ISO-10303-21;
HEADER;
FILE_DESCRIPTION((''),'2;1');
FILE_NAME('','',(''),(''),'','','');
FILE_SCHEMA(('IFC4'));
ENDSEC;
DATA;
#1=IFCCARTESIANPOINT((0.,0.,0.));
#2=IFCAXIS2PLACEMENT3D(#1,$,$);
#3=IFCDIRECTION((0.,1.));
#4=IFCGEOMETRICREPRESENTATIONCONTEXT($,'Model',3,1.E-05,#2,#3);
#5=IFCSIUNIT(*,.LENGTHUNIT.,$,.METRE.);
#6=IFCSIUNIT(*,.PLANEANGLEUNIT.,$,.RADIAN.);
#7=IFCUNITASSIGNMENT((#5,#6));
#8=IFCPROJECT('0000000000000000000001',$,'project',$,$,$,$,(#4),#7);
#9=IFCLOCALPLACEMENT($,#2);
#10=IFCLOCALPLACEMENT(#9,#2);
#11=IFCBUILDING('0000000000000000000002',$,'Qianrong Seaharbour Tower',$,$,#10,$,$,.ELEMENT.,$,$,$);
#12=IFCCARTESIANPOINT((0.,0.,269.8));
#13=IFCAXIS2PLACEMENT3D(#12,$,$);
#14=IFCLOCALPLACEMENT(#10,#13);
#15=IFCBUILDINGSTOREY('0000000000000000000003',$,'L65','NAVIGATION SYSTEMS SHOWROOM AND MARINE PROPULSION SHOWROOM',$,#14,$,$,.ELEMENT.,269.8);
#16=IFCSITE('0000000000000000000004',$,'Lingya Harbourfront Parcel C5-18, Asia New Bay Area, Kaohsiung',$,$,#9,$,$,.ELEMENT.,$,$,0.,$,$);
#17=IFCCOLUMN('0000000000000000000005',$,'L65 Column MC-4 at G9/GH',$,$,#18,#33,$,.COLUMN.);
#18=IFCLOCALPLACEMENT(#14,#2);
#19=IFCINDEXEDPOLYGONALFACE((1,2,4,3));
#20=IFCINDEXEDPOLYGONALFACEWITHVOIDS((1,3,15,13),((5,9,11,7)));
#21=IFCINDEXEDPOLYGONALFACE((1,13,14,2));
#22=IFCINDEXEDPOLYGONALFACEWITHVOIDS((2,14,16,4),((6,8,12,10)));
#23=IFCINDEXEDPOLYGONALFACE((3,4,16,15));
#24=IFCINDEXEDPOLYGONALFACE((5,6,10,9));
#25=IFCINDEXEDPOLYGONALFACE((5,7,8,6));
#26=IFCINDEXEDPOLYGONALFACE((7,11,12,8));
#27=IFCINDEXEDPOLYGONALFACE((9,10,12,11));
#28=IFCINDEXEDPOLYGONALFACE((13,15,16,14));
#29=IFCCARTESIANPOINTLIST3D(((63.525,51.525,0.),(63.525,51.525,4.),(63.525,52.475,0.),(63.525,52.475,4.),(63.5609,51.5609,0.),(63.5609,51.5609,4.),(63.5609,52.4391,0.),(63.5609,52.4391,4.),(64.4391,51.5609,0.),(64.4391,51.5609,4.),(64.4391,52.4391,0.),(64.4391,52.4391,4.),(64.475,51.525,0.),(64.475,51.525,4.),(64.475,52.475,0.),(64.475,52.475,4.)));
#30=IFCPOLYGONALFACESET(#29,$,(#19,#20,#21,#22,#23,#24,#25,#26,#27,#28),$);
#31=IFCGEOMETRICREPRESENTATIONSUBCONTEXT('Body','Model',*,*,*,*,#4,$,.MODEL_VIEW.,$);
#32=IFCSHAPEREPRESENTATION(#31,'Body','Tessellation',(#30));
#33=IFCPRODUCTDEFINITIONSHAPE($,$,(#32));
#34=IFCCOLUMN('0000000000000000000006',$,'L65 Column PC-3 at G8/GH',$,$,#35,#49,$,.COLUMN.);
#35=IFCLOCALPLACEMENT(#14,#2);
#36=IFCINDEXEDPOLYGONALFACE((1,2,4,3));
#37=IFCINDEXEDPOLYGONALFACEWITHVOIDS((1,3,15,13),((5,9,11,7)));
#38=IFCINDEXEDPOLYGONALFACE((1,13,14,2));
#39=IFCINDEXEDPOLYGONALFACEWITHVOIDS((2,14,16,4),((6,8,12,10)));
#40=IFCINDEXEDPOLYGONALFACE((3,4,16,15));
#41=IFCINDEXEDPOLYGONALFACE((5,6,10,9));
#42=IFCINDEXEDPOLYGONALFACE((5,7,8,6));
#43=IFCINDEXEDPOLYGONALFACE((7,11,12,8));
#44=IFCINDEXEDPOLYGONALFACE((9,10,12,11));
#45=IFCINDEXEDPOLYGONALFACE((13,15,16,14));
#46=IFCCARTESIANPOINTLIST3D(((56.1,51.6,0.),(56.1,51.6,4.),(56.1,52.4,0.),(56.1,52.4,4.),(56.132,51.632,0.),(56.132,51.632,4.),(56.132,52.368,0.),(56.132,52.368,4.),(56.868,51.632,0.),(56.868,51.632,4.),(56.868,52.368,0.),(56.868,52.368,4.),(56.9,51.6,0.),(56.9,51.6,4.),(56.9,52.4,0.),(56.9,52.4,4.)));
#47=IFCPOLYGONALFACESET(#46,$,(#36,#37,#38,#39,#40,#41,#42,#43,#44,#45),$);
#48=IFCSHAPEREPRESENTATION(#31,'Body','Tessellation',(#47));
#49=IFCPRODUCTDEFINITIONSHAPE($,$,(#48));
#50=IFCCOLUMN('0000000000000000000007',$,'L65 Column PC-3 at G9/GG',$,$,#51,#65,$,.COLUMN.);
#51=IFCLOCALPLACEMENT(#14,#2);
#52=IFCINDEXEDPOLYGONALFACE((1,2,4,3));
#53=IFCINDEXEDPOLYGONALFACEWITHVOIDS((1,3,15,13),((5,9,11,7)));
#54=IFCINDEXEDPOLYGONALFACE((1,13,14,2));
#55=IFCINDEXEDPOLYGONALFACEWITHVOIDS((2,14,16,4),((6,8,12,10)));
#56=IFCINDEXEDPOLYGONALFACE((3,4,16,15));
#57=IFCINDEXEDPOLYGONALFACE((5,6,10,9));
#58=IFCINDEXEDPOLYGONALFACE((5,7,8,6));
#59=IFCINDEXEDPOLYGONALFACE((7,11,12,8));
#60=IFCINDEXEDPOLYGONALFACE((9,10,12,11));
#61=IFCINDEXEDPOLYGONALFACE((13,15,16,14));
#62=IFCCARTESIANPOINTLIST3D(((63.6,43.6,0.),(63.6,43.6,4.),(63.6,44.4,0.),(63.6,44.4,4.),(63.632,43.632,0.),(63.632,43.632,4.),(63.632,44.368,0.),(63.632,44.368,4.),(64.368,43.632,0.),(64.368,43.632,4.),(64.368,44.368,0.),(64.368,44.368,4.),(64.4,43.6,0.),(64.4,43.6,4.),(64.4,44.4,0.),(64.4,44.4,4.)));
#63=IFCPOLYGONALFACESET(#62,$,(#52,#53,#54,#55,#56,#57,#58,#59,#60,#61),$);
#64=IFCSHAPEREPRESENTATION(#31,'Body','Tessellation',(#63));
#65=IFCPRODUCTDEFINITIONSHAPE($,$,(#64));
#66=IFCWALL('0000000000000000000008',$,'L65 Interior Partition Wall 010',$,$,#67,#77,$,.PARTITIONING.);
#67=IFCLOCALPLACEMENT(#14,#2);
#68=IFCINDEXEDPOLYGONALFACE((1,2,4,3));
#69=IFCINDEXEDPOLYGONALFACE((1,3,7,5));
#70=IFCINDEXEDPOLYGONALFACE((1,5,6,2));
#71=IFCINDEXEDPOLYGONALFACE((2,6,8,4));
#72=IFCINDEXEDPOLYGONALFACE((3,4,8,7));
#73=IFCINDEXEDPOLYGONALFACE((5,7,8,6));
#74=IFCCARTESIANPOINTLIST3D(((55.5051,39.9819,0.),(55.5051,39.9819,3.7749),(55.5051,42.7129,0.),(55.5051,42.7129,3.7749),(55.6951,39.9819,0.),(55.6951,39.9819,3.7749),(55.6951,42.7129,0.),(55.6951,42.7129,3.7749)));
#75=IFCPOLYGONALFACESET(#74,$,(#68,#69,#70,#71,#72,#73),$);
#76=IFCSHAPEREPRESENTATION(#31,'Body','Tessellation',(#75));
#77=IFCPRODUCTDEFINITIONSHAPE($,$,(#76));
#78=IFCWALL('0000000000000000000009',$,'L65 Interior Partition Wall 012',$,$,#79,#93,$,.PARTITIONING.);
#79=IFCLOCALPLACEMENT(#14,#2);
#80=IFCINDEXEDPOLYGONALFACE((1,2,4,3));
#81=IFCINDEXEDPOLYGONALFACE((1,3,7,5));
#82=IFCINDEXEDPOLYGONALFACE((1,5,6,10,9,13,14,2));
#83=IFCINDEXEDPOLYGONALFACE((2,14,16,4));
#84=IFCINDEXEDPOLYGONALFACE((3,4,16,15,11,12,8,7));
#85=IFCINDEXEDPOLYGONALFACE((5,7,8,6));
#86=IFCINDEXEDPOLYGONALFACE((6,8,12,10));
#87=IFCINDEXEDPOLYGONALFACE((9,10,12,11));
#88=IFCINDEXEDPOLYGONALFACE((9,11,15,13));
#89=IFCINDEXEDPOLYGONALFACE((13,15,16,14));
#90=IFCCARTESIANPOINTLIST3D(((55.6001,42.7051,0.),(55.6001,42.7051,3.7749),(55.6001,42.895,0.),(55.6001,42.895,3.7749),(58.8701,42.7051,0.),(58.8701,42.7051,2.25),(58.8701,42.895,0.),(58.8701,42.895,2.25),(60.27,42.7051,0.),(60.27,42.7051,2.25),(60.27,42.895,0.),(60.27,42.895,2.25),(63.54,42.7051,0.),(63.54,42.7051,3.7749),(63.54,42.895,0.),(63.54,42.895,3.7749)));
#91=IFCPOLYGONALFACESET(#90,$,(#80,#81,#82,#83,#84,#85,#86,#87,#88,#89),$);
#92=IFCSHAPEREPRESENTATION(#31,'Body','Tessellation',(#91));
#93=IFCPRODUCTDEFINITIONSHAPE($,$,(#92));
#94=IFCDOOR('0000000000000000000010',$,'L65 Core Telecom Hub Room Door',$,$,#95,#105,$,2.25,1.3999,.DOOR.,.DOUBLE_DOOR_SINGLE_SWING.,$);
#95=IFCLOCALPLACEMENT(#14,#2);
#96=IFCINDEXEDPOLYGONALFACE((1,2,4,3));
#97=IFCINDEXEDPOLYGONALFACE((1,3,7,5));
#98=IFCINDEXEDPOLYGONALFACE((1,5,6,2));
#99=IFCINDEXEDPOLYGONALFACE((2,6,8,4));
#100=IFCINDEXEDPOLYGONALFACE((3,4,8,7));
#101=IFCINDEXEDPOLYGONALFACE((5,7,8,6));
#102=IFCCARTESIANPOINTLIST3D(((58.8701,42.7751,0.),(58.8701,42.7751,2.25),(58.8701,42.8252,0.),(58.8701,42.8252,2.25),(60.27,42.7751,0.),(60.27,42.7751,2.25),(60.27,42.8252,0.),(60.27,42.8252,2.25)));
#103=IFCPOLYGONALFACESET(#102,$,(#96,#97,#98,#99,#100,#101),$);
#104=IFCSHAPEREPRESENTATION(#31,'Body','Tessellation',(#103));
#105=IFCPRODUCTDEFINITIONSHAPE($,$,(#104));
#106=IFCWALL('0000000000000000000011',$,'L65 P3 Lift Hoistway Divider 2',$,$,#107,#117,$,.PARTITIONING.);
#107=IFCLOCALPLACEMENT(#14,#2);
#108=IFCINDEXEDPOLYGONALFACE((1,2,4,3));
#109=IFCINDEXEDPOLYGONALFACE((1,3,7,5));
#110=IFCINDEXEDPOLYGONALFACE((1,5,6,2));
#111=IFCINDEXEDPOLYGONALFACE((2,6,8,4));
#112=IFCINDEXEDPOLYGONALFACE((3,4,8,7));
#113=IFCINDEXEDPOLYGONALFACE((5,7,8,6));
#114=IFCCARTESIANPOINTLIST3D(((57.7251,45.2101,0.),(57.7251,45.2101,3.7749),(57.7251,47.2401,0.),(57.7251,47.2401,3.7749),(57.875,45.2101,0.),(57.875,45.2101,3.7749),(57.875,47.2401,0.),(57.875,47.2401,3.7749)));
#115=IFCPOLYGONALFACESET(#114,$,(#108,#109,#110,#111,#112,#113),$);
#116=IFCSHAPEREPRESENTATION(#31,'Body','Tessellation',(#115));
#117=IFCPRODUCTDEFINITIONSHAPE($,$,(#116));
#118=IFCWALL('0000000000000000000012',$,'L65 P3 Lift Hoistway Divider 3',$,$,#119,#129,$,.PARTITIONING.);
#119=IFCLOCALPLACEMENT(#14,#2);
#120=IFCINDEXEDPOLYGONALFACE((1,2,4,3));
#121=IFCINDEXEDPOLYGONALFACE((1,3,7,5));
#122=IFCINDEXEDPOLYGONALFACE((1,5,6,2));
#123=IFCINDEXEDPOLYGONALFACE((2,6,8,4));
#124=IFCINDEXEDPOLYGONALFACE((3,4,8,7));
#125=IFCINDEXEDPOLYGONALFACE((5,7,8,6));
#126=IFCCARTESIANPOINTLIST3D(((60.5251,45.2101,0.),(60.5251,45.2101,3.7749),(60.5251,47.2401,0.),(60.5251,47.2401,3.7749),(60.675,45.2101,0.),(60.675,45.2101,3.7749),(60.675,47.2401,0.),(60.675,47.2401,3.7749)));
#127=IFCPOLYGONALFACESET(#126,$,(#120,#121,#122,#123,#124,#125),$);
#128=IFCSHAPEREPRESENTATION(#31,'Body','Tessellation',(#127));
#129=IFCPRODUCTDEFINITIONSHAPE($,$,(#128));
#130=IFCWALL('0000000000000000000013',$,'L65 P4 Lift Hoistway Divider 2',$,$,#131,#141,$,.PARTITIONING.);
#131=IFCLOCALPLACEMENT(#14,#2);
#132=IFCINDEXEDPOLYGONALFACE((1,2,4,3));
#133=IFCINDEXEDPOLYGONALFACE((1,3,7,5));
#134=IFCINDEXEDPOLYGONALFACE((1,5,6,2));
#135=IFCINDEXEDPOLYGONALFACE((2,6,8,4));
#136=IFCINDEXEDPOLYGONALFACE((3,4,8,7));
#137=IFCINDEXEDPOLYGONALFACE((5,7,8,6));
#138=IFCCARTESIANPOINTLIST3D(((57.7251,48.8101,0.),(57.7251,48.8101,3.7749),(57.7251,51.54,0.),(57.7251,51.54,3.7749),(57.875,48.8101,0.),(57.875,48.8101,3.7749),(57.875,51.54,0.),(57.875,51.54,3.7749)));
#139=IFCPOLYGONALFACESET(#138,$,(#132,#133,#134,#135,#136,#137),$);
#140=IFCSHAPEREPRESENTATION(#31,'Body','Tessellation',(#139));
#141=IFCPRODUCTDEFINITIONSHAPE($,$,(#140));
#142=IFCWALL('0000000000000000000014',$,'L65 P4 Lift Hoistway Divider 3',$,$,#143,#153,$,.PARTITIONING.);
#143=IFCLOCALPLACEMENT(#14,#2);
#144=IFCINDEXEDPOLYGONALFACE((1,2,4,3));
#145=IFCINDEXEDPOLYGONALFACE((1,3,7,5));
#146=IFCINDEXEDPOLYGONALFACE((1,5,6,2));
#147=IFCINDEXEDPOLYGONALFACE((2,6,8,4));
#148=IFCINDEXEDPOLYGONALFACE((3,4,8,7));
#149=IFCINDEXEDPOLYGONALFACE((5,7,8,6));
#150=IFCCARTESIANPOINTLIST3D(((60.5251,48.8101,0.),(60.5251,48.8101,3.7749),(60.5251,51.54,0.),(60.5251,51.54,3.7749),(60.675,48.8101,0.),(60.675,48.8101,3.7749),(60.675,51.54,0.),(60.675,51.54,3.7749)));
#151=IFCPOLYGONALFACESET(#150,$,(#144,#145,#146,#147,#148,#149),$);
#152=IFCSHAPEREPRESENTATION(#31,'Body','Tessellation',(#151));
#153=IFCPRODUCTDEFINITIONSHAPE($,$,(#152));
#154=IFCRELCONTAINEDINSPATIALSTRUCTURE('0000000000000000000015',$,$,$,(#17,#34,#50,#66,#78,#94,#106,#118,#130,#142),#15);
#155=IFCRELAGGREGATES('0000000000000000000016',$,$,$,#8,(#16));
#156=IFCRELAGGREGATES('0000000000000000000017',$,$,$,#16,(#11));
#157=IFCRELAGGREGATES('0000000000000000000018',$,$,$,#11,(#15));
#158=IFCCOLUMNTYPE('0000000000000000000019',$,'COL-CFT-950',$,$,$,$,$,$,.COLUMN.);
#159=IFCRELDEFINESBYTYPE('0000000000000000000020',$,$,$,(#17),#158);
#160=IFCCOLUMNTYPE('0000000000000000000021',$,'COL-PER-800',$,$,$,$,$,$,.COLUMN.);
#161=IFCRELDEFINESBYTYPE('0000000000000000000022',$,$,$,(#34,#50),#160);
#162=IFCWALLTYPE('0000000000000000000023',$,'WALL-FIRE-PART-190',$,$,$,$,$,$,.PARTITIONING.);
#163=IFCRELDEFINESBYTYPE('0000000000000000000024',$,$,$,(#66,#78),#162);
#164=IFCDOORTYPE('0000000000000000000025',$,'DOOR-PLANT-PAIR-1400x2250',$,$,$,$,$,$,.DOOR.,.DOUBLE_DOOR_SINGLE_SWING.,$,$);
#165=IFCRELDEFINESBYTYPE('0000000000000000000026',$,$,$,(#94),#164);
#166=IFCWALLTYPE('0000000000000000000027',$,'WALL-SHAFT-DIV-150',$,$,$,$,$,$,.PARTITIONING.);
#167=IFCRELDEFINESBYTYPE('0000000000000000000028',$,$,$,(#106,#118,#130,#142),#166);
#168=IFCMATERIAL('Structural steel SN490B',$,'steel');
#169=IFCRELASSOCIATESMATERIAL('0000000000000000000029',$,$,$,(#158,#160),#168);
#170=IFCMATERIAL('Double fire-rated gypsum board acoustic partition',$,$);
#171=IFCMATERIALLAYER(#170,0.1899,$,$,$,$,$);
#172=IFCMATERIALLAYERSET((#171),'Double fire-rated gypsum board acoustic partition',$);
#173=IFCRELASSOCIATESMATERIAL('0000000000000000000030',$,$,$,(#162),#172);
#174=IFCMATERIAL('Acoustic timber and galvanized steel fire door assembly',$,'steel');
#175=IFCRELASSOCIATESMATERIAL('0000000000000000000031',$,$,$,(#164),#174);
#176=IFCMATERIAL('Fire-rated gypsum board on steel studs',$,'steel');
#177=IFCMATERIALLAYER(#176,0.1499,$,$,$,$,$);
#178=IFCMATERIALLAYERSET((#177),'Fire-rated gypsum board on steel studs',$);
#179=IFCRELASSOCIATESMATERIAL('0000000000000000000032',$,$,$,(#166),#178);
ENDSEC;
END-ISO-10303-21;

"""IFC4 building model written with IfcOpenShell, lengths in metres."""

from ifc_helpers import new_model, si_unit, direction, frame, frame_2d, origin, origin_2d, place, context, subcontext, project, spatial, rectangle, hollow_rectangle, extrude, material, layer, layer_set, material_profile, profile_set, type_object, element, fill, save


model = new_model("IFC4")

# Units and contexts
model_context = context("Model", 3, precision=1e-05, world=origin(), true_north=direction((0.0, 1.0)))
body_context = subcontext(model_context, "Body", "Model", "MODEL_VIEW")
ifc_project = project(units=[si_unit("LENGTHUNIT", "METRE"), si_unit("PLANEANGLEUNIT", "RADIAN")], contexts=[model_context])

# Site, building, storey
site_placement = place(None, origin())
site = spatial("IfcSite", under=ifc_project, at=site_placement, Name="Lingya Harbourfront Parcel C5-18, Asia New Bay Area, Kaohsiung", CompositionType="ELEMENT", RefElevation=0.0)
building_placement = place(site_placement, origin())
building = spatial("IfcBuilding", under=site, at=building_placement, Name="Qianrong Seaharbour Tower", CompositionType="ELEMENT")
storey_placement = place(building_placement, frame((0.0, 0.0, 269.8)))
storey = spatial("IfcBuildingStorey", under=building, at=storey_placement, Name="L65", Description="NAVIGATION SYSTEMS SHOWROOM AND MARINE PROPULSION SHOWROOM", CompositionType="ELEMENT", Elevation=269.8)

# Columns
ifc_material_1 = material(Name="Structural steel SN490B", Category="steel")
ifc_material_profile_1 = material_profile(ifc_material_1, hollow_rectangle(XDim=0.95, YDim=0.95, WallThickness=0.0359, at=origin_2d()), Name="BOX950x950x36")
ifc_profile_set_1 = profile_set([ifc_material_profile_1], Name="Structural steel SN490B")
column_type_1 = type_object("IfcColumnType", Name="COL-CFT-950", PredefinedType="COLUMN", material=ifc_profile_set_1)
column_placement = place(storey_placement, frame((64.0, 52.0, 0.0), z_axis=(0.0, 0.0, 1.0), x_axis=(1.0, 0.0, 0.0)))
element("IfcColumn", 1, at=column_placement, inside=storey, type_object=column_type_1, Name="L65 Column MC-4 at G9/GH", PredefinedType="COLUMN", context=body_context, shape_type="SweptSolid", body=[
    extrude(hollow_rectangle(XDim=0.95, YDim=0.95, WallThickness=0.0359, at=origin_2d()), origin(), (0.0, 0.0, 1.0), 4.0),
])
ifc_material_profile_2 = material_profile(ifc_material_1, hollow_rectangle(XDim=0.8, YDim=0.8, WallThickness=0.032, at=origin_2d()), Name="BOX800x800x32")
ifc_profile_set_2 = profile_set([ifc_material_profile_2], Name="Structural steel SN490B")
column_type_2 = type_object("IfcColumnType", Name="COL-PER-800", PredefinedType="COLUMN", material=ifc_profile_set_2)
for number, where, z_axis, x_axis, name in (
    (2, (56.5, 52.0, 0.0), (0.0, 0.0, 1.0), (1.0, 0.0, 0.0), "L65 Column PC-3 at G8/GH"),
    (3, (64.0, 44.0, 0.0), (0.0, 0.0, 1.0), (1.0, 0.0, 0.0), "L65 Column PC-3 at G9/GG"),
):
    element("IfcColumn", number, at=place(storey_placement, frame(where, z_axis=z_axis, x_axis=x_axis)), inside=storey, type_object=column_type_2, Name=name, PredefinedType="COLUMN", context=body_context, shape_type="SweptSolid", body=[
        extrude(hollow_rectangle(XDim=0.8, YDim=0.8, WallThickness=0.032, at=origin_2d()), origin(), (0.0, 0.0, 1.0), 4.0),
    ])

# Wall
ifc_material_2 = material(Name="Double fire-rated gypsum board acoustic partition")
ifc_layer_1 = layer(ifc_material_2, 0.1899)
ifc_layer_set_1 = layer_set([ifc_layer_1], Name="Double fire-rated gypsum board acoustic partition")
wall_type_1 = type_object("IfcWallType", Name="WALL-FIRE-PART-190", PredefinedType="PARTITIONING", material=ifc_layer_set_1)
wall_1_placement = place(storey_placement, frame((55.6001, 42.7129, 0.0), z_axis=(0.0, 0.0, 1.0), x_axis=(0.0, -1.0, 0.0)))
element("IfcWall", 4, at=wall_1_placement, inside=storey, type_object=wall_type_1, Name="L65 Interior Partition Wall 010", PredefinedType="PARTITIONING", context=body_context, shape_type="SweptSolid", body=[
    extrude(rectangle(XDim=2.731, YDim=0.1899, at=frame_2d((1.3655, 0.0))), origin(), (0.0, 0.0, 1.0), 3.7749),
])

# Wall, opening, door
wall_2_placement = place(storey_placement, frame((63.54, 42.8, 0.0), z_axis=(0.0, 0.0, 1.0), x_axis=(-1.0, 0.0, 0.0)))
wall_2 = element("IfcWall", 5, at=wall_2_placement, inside=storey, type_object=wall_type_1, Name="L65 Interior Partition Wall 012", PredefinedType="PARTITIONING", context=body_context, shape_type="SweptSolid", body=[
    extrude(rectangle(XDim=7.9399, YDim=0.1899, at=frame_2d((3.97, 0.0))), origin(), (0.0, 0.0, 1.0), 3.7749),
])
opening_1_placement = place(wall_2_placement, frame((3.27, 0.0, 0.0)))
opening_1 = element("IfcOpeningElement", 6, at=opening_1_placement, cuts=wall_2, PredefinedType="OPENING", context=body_context, shape_type="SweptSolid", body=[
    extrude(rectangle(XDim=1.3999, YDim=2.25, at=frame_2d((0.7, 1.125))), frame((0.0, 0.105, 0.0), z_axis=(0.0, -1.0, 0.0), x_axis=(1.0, 0.0, 0.0)), (0.0, 0.0, 1.0), 0.21),
])
ifc_material_3 = material(Name="Acoustic timber and galvanized steel fire door assembly", Category="steel")
door_type_1 = type_object("IfcDoorType", Name="DOOR-PLANT-PAIR-1400x2250", OperationType="DOUBLE_DOOR_SINGLE_SWING", PredefinedType="DOOR", material=ifc_material_3)
door_1_placement = place(opening_1_placement, origin())
door_1 = element("IfcDoor", 7, at=door_1_placement, inside=storey, type_object=door_type_1, Name="L65 Core Telecom Hub Room Door", OperationType="DOUBLE_DOOR_SINGLE_SWING", OverallHeight=2.25, OverallWidth=1.3999, PredefinedType="DOOR", context=body_context, shape_type="SweptSolid", body=[
    extrude(rectangle(XDim=1.3999, YDim=2.25, at=frame_2d((0.7, 1.125))), frame((0.0, 0.0249, 0.0), z_axis=(0.0, -1.0, 0.0), x_axis=(1.0, 0.0, 0.0)), (0.0, 0.0, 1.0), 0.05),
])
fill(opening_1, door_1)

# Walls
ifc_material_4 = material(Name="Fire-rated gypsum board on steel studs", Category="steel")
ifc_layer_2 = layer(ifc_material_4, 0.1499)
ifc_layer_set_2 = layer_set([ifc_layer_2], Name="Fire-rated gypsum board on steel studs")
wall_type_2 = type_object("IfcWallType", Name="WALL-SHAFT-DIV-150", PredefinedType="PARTITIONING", material=ifc_layer_set_2)
for number, where, z_axis, x_axis, name in (
    (8, (57.8, 45.21, 0.0), (0.0, 0.0, 1.0), (0.0, 1.0, 0.0), "L65 P3 Lift Hoistway Divider 2"),
    (9, (60.6001, 45.21, 0.0), (0.0, 0.0, 1.0), (0.0, 1.0, 0.0), "L65 P3 Lift Hoistway Divider 3"),
):
    element("IfcWall", number, at=place(storey_placement, frame(where, z_axis=z_axis, x_axis=x_axis)), inside=storey, type_object=wall_type_2, Name=name, PredefinedType="PARTITIONING", context=body_context, shape_type="SweptSolid", body=[
        extrude(rectangle(XDim=2.03, YDim=0.1499, at=frame_2d((1.0151, 0.0))), origin(), (0.0, 0.0, 1.0), 3.7749),
    ])
for number, where, z_axis, x_axis, name in (
    (10, (57.8, 48.8101, 0.0), (0.0, 0.0, 1.0), (0.0, 1.0, 0.0), "L65 P4 Lift Hoistway Divider 2"),
    (11, (60.6001, 48.8101, 0.0), (0.0, 0.0, 1.0), (0.0, 1.0, 0.0), "L65 P4 Lift Hoistway Divider 3"),
):
    element("IfcWall", number, at=place(storey_placement, frame(where, z_axis=z_axis, x_axis=x_axis)), inside=storey, type_object=wall_type_2, Name=name, PredefinedType="PARTITIONING", context=body_context, shape_type="SweptSolid", body=[
        extrude(rectangle(XDim=2.73, YDim=0.1499, at=frame_2d((1.365, 0.0))), origin(), (0.0, 0.0, 1.0), 3.7749),
    ])

save(model, "model.ifc")
